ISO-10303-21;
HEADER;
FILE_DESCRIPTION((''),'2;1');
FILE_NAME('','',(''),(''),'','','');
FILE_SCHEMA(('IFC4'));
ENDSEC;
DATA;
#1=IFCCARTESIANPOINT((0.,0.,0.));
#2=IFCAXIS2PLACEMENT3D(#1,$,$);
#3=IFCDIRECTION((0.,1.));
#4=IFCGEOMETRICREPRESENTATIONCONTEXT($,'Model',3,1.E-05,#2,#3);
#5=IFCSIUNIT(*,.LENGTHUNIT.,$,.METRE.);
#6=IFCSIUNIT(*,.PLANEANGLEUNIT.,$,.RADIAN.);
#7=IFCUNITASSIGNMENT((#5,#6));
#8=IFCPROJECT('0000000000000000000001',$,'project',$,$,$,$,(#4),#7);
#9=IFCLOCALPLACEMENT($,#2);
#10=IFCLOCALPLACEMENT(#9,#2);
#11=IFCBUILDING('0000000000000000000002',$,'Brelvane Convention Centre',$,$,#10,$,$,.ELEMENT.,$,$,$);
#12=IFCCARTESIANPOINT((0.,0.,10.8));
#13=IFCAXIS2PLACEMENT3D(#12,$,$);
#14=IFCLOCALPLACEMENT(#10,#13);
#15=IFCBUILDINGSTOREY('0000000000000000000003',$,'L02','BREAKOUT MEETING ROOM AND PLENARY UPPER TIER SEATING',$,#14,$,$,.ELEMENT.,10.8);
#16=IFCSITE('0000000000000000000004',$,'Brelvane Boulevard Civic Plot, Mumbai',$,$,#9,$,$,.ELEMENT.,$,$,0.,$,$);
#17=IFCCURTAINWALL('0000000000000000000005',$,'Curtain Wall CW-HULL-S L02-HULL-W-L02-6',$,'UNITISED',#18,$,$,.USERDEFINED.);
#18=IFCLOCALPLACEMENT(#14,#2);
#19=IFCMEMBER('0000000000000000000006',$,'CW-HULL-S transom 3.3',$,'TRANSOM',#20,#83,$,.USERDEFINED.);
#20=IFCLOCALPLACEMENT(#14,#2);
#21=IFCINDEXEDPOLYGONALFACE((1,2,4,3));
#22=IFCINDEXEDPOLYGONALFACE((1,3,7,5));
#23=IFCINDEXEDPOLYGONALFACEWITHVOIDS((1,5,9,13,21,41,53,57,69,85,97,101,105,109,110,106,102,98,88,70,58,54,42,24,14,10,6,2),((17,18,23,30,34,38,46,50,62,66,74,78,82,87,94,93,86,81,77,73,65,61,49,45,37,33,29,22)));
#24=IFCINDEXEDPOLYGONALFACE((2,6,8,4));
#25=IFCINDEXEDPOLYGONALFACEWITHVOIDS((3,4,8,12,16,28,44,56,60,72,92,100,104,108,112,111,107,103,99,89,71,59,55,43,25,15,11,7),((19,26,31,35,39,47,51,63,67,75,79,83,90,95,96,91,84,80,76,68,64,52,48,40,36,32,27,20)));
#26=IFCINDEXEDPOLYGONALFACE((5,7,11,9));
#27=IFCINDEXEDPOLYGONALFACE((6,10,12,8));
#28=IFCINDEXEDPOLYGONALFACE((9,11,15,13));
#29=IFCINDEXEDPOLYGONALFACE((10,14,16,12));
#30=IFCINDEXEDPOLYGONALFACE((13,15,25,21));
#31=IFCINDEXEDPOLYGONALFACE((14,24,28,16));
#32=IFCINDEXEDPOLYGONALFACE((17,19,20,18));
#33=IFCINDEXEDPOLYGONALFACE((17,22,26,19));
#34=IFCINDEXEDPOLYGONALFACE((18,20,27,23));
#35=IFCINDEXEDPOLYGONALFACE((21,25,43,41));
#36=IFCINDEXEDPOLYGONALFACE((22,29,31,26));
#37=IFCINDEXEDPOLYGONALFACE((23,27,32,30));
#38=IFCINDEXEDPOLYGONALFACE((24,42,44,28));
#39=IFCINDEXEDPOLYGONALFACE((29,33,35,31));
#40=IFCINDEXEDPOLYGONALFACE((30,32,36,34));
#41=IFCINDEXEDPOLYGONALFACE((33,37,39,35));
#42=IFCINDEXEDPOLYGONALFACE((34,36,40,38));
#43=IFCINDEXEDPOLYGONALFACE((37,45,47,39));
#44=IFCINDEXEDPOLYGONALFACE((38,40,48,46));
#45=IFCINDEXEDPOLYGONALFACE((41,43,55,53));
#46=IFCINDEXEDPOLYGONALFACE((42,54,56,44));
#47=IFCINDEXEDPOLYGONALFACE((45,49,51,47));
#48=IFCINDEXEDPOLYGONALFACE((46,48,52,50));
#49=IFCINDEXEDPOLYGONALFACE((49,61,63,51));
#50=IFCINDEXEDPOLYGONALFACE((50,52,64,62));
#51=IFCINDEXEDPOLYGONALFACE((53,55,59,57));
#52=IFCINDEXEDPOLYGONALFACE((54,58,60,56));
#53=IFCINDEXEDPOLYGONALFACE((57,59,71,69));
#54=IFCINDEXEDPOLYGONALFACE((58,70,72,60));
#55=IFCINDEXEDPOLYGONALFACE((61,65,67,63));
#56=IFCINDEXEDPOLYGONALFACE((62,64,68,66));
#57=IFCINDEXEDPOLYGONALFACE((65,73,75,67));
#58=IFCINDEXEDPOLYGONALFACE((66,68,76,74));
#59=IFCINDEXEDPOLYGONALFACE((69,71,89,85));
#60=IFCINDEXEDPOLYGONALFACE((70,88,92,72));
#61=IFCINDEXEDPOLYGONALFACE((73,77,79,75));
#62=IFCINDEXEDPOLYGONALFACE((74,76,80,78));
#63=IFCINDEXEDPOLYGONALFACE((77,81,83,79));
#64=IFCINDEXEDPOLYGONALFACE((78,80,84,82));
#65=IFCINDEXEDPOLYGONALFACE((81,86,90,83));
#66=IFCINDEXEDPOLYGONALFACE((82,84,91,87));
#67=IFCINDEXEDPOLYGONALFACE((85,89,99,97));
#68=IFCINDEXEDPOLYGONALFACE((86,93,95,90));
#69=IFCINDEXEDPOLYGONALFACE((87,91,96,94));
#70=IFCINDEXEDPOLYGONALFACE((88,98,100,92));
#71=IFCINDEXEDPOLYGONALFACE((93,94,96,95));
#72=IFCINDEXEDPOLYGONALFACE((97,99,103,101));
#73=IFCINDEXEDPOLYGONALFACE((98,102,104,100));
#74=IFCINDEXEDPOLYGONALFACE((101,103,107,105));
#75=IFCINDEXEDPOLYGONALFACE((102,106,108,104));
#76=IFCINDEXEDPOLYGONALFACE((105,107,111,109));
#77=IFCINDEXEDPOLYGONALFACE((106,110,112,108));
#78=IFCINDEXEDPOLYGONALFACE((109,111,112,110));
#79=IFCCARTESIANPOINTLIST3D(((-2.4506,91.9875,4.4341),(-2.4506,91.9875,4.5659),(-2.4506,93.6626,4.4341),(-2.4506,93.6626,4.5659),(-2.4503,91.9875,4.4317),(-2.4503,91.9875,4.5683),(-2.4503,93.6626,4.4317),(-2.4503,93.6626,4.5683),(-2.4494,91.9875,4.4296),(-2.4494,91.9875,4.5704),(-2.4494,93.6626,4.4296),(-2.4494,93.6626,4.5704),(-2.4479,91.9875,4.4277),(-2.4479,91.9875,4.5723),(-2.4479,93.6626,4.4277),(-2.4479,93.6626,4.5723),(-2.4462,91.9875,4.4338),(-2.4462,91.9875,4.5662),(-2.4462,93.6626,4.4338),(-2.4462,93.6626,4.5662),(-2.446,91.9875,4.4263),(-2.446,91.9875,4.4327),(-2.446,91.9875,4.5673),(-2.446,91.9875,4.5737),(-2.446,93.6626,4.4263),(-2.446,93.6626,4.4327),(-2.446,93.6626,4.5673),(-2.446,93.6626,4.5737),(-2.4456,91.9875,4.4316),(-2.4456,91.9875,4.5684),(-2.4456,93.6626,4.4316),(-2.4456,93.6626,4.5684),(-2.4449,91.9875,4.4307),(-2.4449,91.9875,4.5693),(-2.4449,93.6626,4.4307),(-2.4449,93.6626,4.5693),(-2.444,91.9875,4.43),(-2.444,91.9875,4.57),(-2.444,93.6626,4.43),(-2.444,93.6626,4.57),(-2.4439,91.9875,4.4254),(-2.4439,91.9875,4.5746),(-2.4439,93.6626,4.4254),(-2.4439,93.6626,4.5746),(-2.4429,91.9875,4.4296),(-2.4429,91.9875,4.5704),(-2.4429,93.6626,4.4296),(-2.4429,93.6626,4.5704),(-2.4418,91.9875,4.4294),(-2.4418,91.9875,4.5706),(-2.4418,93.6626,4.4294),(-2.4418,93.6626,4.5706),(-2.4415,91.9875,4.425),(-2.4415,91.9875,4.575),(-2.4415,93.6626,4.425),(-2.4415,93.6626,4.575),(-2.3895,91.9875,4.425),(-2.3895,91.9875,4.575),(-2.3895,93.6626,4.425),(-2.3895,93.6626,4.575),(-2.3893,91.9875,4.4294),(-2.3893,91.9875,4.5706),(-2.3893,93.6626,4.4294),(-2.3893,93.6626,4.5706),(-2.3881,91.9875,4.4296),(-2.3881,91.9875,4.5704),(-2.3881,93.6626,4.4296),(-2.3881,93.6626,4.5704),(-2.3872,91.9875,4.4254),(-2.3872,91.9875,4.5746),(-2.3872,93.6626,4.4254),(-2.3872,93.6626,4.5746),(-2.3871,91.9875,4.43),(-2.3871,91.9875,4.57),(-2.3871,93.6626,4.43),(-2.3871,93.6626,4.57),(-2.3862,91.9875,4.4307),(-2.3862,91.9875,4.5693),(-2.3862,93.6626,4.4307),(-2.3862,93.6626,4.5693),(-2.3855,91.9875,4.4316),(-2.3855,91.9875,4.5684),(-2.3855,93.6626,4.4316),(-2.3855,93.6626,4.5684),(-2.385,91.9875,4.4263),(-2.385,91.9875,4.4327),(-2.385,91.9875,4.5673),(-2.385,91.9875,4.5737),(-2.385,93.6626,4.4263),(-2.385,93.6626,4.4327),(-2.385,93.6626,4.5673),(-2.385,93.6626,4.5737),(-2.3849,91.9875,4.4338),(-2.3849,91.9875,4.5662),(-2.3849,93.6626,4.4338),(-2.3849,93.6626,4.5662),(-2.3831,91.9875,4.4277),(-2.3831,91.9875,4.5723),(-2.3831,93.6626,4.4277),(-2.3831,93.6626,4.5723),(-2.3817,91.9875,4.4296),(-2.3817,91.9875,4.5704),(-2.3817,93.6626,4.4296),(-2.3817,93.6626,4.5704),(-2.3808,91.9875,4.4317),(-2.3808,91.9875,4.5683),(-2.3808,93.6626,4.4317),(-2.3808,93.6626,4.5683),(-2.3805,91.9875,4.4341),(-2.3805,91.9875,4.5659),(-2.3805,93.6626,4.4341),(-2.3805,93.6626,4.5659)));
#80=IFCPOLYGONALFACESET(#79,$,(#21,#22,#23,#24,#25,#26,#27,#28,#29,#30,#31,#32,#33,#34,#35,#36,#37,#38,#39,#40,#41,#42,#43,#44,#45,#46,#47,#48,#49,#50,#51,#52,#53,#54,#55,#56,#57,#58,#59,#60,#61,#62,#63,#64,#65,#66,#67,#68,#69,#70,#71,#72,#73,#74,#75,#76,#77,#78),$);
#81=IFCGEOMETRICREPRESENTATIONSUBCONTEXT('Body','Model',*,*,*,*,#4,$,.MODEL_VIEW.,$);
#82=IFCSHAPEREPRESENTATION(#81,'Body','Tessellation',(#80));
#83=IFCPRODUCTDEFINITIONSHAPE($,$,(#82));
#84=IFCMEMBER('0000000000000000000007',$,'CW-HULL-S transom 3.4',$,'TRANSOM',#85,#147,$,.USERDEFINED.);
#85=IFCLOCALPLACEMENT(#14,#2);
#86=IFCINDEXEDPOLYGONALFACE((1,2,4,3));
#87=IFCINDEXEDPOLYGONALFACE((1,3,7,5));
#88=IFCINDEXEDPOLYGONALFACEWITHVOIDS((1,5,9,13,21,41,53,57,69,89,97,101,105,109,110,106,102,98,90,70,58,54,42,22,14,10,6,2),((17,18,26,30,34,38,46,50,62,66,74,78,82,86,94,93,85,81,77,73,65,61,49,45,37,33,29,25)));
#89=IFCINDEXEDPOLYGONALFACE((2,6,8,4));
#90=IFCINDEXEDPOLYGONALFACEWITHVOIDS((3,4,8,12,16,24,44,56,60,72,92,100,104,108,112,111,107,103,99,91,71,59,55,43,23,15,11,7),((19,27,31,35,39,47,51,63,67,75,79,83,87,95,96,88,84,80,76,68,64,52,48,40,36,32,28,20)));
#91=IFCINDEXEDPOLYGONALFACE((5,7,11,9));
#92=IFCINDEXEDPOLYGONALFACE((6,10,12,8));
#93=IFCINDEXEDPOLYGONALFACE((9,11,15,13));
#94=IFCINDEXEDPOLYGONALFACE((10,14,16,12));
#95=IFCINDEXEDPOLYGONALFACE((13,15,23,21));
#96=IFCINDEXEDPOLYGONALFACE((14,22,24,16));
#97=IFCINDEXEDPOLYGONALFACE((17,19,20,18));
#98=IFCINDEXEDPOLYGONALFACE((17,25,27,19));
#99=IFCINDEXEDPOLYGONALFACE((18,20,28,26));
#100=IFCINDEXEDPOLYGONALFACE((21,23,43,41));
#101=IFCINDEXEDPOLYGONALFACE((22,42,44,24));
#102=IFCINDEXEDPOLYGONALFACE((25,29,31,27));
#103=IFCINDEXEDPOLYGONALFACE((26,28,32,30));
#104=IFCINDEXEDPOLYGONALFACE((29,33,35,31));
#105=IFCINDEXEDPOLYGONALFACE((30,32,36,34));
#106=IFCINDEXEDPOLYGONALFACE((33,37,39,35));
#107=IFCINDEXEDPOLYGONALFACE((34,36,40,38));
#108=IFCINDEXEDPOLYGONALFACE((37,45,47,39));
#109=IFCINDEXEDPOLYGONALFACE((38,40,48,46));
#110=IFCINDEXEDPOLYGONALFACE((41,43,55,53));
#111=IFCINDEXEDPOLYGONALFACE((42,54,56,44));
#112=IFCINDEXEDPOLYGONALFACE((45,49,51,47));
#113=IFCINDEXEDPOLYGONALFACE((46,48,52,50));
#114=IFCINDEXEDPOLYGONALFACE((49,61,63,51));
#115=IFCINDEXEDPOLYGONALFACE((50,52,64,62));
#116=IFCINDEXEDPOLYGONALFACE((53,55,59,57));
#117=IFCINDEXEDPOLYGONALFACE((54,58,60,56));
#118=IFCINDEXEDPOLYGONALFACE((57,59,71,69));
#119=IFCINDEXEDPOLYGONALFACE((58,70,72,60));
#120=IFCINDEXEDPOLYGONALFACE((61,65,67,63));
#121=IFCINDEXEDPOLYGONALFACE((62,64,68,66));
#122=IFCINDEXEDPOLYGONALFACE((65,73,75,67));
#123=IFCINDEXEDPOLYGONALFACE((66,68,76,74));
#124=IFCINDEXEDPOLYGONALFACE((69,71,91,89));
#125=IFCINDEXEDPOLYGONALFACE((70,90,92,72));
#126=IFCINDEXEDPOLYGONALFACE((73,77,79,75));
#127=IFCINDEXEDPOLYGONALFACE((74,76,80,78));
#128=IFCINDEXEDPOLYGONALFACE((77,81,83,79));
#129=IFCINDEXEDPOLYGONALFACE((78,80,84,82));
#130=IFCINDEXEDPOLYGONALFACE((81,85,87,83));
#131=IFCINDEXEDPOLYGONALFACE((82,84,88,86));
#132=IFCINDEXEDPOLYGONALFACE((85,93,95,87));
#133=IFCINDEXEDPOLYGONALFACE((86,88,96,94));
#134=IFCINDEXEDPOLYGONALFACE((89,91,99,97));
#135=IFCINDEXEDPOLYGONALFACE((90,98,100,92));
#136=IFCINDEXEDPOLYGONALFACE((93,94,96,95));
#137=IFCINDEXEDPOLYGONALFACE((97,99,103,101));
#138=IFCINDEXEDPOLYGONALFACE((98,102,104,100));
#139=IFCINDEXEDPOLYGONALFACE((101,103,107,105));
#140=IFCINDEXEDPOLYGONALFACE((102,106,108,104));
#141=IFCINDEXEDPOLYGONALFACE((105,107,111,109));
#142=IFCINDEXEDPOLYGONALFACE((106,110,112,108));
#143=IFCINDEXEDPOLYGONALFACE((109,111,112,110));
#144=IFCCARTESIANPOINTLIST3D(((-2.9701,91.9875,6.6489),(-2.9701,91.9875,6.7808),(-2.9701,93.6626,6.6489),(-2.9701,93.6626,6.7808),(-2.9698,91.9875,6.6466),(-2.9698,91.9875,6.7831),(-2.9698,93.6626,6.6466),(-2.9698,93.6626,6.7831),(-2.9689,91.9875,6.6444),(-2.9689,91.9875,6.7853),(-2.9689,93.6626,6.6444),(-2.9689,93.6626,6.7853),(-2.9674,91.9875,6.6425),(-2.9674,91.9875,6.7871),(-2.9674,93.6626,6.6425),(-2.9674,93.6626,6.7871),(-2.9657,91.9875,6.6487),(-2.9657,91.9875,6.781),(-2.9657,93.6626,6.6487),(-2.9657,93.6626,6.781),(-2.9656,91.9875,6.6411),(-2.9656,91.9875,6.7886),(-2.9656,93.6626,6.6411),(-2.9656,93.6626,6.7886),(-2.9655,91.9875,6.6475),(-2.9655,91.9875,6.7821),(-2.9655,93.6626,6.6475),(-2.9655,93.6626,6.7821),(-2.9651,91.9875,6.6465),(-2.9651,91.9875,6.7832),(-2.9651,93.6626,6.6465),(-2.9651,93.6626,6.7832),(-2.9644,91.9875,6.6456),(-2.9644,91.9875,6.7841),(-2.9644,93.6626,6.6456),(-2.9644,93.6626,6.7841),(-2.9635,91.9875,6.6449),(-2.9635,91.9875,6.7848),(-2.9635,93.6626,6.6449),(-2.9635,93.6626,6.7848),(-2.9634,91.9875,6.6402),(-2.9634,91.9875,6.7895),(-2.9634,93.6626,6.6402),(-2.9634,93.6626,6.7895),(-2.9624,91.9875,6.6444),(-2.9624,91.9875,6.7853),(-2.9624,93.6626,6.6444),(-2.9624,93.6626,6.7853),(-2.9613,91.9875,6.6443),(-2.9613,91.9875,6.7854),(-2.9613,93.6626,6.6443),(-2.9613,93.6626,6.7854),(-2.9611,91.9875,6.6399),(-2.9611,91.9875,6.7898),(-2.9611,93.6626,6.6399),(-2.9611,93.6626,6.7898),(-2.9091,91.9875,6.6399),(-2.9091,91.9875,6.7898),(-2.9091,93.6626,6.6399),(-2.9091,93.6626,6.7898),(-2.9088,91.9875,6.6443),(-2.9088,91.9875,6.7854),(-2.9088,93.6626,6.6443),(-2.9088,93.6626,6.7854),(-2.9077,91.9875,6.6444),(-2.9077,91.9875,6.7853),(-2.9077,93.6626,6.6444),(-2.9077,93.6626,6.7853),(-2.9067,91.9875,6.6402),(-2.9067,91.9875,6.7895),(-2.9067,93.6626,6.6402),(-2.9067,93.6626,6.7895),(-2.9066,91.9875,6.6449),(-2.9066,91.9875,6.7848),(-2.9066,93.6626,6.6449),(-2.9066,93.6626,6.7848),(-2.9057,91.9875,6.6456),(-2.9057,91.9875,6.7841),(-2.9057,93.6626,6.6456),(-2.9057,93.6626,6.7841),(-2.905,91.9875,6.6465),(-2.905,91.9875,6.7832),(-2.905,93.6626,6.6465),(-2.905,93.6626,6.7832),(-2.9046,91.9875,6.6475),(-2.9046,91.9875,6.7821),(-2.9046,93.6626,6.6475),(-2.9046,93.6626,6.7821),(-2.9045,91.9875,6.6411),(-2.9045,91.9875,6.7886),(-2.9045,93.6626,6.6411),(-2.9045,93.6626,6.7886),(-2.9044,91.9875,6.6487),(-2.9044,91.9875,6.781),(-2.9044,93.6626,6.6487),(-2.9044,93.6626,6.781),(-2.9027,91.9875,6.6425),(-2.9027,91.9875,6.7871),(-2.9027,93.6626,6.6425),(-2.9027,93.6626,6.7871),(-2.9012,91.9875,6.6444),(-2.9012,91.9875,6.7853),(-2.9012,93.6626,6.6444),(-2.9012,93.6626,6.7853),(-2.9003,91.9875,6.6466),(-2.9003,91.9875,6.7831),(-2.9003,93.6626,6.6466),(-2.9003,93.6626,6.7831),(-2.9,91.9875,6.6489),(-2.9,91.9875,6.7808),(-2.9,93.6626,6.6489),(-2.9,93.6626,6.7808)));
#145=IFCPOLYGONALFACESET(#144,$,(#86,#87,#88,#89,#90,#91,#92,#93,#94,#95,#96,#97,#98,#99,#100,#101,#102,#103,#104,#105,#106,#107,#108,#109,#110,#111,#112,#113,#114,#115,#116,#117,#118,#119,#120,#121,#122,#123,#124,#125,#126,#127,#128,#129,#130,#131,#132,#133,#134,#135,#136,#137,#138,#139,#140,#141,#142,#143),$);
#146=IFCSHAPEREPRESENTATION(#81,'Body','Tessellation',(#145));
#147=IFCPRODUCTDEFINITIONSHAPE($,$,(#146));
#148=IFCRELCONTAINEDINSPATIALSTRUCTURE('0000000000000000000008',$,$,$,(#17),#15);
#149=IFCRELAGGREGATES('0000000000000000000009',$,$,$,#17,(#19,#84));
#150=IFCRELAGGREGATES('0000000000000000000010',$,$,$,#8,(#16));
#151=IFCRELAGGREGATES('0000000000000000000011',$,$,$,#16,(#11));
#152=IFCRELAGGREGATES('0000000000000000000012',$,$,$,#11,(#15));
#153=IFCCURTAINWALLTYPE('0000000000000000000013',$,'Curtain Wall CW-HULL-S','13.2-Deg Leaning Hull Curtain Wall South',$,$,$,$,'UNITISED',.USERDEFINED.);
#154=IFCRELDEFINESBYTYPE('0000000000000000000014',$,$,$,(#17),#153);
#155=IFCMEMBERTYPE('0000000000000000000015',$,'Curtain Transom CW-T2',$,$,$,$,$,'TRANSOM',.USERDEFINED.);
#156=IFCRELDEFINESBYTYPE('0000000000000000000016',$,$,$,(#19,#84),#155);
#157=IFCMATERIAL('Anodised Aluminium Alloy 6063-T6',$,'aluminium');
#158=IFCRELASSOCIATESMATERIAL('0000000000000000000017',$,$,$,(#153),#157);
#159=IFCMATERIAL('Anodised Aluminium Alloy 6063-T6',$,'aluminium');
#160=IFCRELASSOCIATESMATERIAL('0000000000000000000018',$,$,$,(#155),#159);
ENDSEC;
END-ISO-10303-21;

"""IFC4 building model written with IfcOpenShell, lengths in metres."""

from ifc_helpers import new_model, si_unit, direction, frame, origin, origin_2d, place, context, subcontext, project, spatial, hollow_rectangle, extrude, material, material_profile, profile_set, type_object, element, aggregate, save


model = new_model("IFC4")

# Units and contexts
model_context = context("Model", 3, precision=1e-05, world=origin(), true_north=direction((0.0, 1.0)))
body_context = subcontext(model_context, "Body", "Model", "MODEL_VIEW")
ifc_project = project(units=[si_unit("LENGTHUNIT", "METRE"), si_unit("PLANEANGLEUNIT", "RADIAN")], contexts=[model_context])

# Site, building, storey
site_placement = place(None, origin())
site = spatial("IfcSite", under=ifc_project, at=site_placement, Name="Brelvane Boulevard Civic Plot, Mumbai", CompositionType="ELEMENT", RefElevation=0.0)
building_placement = place(site_placement, origin())
building = spatial("IfcBuilding", under=site, at=building_placement, Name="Brelvane Convention Centre", CompositionType="ELEMENT")
storey_placement = place(building_placement, frame((0.0, 0.0, 10.8)))
storey = spatial("IfcBuildingStorey", under=building, at=storey_placement, Name="L02", Description="BREAKOUT MEETING ROOM AND PLENARY UPPER TIER SEATING", CompositionType="ELEMENT", Elevation=10.8)

# Curtain wall, members
ifc_material_1 = material(Name="Anodised Aluminium Alloy 6063-T6", Category="aluminium")
curtain_wall_type = type_object("IfcCurtainWallType", Name="Curtain Wall CW-HULL-S", Description="13.2-Deg Leaning Hull Curtain Wall South", ElementType="UNITISED", PredefinedType="USERDEFINED", material=ifc_material_1)
curtain_wall_placement = place(storey_placement, origin())
curtain_wall = element("IfcCurtainWall", 1, at=curtain_wall_placement, inside=storey, type_object=curtain_wall_type, Name="Curtain Wall CW-HULL-S L02-HULL-W-L02-6", ObjectType="UNITISED", PredefinedType="USERDEFINED")
ifc_material_2 = material(Name="Anodised Aluminium Alloy 6063-T6", Category="aluminium")
ifc_material_profile_1 = material_profile(ifc_material_2, hollow_rectangle(XDim=0.0701, YDim=0.1499, WallThickness=0.0044, InnerFilletRadius=0.0044, OuterFilletRadius=0.009, at=origin_2d()), Name="ALU-T 150x70x4.5")
ifc_profile_set_1 = profile_set([ifc_material_profile_1], Name="Anodised Aluminium Alloy 6063-T6")
member_type_1 = type_object("IfcMemberType", Name="Curtain Transom CW-T2", ElementType="TRANSOM", PredefinedType="USERDEFINED", material=ifc_profile_set_1)
member_1_placement = place(storey_placement, frame((-2.4155, 91.9875, 4.5), z_axis=(0.0, 1.0, 0.0), x_axis=(-1.0, 0.0, 0.0)))
member_1 = element("IfcMember", 2, at=member_1_placement, type_object=member_type_1, Name="CW-HULL-S transom 3.3", ObjectType="TRANSOM", PredefinedType="USERDEFINED", context=body_context, shape_type="SweptSolid", body=[
    extrude(hollow_rectangle(XDim=0.0701, YDim=0.1499, WallThickness=0.0044, InnerFilletRadius=0.0044, OuterFilletRadius=0.009, at=origin_2d()), origin(), (0.0, 0.0, 1.0), 1.675),
])
member_2_placement = place(storey_placement, frame((-2.9351, 91.9875, 6.7148), z_axis=(0.0, 1.0, 0.0), x_axis=(-1.0, 0.0, 0.0)))
member_2 = element("IfcMember", 3, at=member_2_placement, type_object=member_type_1, Name="CW-HULL-S transom 3.4", ObjectType="TRANSOM", PredefinedType="USERDEFINED", context=body_context, shape_type="SweptSolid", body=[
    extrude(hollow_rectangle(XDim=0.0701, YDim=0.1499, WallThickness=0.0044, InnerFilletRadius=0.0044, OuterFilletRadius=0.009, at=origin_2d()), origin(), (0.0, 0.0, 1.0), 1.675),
])
aggregate(curtain_wall, [member_1, member_2])

save(model, "model.ifc")
